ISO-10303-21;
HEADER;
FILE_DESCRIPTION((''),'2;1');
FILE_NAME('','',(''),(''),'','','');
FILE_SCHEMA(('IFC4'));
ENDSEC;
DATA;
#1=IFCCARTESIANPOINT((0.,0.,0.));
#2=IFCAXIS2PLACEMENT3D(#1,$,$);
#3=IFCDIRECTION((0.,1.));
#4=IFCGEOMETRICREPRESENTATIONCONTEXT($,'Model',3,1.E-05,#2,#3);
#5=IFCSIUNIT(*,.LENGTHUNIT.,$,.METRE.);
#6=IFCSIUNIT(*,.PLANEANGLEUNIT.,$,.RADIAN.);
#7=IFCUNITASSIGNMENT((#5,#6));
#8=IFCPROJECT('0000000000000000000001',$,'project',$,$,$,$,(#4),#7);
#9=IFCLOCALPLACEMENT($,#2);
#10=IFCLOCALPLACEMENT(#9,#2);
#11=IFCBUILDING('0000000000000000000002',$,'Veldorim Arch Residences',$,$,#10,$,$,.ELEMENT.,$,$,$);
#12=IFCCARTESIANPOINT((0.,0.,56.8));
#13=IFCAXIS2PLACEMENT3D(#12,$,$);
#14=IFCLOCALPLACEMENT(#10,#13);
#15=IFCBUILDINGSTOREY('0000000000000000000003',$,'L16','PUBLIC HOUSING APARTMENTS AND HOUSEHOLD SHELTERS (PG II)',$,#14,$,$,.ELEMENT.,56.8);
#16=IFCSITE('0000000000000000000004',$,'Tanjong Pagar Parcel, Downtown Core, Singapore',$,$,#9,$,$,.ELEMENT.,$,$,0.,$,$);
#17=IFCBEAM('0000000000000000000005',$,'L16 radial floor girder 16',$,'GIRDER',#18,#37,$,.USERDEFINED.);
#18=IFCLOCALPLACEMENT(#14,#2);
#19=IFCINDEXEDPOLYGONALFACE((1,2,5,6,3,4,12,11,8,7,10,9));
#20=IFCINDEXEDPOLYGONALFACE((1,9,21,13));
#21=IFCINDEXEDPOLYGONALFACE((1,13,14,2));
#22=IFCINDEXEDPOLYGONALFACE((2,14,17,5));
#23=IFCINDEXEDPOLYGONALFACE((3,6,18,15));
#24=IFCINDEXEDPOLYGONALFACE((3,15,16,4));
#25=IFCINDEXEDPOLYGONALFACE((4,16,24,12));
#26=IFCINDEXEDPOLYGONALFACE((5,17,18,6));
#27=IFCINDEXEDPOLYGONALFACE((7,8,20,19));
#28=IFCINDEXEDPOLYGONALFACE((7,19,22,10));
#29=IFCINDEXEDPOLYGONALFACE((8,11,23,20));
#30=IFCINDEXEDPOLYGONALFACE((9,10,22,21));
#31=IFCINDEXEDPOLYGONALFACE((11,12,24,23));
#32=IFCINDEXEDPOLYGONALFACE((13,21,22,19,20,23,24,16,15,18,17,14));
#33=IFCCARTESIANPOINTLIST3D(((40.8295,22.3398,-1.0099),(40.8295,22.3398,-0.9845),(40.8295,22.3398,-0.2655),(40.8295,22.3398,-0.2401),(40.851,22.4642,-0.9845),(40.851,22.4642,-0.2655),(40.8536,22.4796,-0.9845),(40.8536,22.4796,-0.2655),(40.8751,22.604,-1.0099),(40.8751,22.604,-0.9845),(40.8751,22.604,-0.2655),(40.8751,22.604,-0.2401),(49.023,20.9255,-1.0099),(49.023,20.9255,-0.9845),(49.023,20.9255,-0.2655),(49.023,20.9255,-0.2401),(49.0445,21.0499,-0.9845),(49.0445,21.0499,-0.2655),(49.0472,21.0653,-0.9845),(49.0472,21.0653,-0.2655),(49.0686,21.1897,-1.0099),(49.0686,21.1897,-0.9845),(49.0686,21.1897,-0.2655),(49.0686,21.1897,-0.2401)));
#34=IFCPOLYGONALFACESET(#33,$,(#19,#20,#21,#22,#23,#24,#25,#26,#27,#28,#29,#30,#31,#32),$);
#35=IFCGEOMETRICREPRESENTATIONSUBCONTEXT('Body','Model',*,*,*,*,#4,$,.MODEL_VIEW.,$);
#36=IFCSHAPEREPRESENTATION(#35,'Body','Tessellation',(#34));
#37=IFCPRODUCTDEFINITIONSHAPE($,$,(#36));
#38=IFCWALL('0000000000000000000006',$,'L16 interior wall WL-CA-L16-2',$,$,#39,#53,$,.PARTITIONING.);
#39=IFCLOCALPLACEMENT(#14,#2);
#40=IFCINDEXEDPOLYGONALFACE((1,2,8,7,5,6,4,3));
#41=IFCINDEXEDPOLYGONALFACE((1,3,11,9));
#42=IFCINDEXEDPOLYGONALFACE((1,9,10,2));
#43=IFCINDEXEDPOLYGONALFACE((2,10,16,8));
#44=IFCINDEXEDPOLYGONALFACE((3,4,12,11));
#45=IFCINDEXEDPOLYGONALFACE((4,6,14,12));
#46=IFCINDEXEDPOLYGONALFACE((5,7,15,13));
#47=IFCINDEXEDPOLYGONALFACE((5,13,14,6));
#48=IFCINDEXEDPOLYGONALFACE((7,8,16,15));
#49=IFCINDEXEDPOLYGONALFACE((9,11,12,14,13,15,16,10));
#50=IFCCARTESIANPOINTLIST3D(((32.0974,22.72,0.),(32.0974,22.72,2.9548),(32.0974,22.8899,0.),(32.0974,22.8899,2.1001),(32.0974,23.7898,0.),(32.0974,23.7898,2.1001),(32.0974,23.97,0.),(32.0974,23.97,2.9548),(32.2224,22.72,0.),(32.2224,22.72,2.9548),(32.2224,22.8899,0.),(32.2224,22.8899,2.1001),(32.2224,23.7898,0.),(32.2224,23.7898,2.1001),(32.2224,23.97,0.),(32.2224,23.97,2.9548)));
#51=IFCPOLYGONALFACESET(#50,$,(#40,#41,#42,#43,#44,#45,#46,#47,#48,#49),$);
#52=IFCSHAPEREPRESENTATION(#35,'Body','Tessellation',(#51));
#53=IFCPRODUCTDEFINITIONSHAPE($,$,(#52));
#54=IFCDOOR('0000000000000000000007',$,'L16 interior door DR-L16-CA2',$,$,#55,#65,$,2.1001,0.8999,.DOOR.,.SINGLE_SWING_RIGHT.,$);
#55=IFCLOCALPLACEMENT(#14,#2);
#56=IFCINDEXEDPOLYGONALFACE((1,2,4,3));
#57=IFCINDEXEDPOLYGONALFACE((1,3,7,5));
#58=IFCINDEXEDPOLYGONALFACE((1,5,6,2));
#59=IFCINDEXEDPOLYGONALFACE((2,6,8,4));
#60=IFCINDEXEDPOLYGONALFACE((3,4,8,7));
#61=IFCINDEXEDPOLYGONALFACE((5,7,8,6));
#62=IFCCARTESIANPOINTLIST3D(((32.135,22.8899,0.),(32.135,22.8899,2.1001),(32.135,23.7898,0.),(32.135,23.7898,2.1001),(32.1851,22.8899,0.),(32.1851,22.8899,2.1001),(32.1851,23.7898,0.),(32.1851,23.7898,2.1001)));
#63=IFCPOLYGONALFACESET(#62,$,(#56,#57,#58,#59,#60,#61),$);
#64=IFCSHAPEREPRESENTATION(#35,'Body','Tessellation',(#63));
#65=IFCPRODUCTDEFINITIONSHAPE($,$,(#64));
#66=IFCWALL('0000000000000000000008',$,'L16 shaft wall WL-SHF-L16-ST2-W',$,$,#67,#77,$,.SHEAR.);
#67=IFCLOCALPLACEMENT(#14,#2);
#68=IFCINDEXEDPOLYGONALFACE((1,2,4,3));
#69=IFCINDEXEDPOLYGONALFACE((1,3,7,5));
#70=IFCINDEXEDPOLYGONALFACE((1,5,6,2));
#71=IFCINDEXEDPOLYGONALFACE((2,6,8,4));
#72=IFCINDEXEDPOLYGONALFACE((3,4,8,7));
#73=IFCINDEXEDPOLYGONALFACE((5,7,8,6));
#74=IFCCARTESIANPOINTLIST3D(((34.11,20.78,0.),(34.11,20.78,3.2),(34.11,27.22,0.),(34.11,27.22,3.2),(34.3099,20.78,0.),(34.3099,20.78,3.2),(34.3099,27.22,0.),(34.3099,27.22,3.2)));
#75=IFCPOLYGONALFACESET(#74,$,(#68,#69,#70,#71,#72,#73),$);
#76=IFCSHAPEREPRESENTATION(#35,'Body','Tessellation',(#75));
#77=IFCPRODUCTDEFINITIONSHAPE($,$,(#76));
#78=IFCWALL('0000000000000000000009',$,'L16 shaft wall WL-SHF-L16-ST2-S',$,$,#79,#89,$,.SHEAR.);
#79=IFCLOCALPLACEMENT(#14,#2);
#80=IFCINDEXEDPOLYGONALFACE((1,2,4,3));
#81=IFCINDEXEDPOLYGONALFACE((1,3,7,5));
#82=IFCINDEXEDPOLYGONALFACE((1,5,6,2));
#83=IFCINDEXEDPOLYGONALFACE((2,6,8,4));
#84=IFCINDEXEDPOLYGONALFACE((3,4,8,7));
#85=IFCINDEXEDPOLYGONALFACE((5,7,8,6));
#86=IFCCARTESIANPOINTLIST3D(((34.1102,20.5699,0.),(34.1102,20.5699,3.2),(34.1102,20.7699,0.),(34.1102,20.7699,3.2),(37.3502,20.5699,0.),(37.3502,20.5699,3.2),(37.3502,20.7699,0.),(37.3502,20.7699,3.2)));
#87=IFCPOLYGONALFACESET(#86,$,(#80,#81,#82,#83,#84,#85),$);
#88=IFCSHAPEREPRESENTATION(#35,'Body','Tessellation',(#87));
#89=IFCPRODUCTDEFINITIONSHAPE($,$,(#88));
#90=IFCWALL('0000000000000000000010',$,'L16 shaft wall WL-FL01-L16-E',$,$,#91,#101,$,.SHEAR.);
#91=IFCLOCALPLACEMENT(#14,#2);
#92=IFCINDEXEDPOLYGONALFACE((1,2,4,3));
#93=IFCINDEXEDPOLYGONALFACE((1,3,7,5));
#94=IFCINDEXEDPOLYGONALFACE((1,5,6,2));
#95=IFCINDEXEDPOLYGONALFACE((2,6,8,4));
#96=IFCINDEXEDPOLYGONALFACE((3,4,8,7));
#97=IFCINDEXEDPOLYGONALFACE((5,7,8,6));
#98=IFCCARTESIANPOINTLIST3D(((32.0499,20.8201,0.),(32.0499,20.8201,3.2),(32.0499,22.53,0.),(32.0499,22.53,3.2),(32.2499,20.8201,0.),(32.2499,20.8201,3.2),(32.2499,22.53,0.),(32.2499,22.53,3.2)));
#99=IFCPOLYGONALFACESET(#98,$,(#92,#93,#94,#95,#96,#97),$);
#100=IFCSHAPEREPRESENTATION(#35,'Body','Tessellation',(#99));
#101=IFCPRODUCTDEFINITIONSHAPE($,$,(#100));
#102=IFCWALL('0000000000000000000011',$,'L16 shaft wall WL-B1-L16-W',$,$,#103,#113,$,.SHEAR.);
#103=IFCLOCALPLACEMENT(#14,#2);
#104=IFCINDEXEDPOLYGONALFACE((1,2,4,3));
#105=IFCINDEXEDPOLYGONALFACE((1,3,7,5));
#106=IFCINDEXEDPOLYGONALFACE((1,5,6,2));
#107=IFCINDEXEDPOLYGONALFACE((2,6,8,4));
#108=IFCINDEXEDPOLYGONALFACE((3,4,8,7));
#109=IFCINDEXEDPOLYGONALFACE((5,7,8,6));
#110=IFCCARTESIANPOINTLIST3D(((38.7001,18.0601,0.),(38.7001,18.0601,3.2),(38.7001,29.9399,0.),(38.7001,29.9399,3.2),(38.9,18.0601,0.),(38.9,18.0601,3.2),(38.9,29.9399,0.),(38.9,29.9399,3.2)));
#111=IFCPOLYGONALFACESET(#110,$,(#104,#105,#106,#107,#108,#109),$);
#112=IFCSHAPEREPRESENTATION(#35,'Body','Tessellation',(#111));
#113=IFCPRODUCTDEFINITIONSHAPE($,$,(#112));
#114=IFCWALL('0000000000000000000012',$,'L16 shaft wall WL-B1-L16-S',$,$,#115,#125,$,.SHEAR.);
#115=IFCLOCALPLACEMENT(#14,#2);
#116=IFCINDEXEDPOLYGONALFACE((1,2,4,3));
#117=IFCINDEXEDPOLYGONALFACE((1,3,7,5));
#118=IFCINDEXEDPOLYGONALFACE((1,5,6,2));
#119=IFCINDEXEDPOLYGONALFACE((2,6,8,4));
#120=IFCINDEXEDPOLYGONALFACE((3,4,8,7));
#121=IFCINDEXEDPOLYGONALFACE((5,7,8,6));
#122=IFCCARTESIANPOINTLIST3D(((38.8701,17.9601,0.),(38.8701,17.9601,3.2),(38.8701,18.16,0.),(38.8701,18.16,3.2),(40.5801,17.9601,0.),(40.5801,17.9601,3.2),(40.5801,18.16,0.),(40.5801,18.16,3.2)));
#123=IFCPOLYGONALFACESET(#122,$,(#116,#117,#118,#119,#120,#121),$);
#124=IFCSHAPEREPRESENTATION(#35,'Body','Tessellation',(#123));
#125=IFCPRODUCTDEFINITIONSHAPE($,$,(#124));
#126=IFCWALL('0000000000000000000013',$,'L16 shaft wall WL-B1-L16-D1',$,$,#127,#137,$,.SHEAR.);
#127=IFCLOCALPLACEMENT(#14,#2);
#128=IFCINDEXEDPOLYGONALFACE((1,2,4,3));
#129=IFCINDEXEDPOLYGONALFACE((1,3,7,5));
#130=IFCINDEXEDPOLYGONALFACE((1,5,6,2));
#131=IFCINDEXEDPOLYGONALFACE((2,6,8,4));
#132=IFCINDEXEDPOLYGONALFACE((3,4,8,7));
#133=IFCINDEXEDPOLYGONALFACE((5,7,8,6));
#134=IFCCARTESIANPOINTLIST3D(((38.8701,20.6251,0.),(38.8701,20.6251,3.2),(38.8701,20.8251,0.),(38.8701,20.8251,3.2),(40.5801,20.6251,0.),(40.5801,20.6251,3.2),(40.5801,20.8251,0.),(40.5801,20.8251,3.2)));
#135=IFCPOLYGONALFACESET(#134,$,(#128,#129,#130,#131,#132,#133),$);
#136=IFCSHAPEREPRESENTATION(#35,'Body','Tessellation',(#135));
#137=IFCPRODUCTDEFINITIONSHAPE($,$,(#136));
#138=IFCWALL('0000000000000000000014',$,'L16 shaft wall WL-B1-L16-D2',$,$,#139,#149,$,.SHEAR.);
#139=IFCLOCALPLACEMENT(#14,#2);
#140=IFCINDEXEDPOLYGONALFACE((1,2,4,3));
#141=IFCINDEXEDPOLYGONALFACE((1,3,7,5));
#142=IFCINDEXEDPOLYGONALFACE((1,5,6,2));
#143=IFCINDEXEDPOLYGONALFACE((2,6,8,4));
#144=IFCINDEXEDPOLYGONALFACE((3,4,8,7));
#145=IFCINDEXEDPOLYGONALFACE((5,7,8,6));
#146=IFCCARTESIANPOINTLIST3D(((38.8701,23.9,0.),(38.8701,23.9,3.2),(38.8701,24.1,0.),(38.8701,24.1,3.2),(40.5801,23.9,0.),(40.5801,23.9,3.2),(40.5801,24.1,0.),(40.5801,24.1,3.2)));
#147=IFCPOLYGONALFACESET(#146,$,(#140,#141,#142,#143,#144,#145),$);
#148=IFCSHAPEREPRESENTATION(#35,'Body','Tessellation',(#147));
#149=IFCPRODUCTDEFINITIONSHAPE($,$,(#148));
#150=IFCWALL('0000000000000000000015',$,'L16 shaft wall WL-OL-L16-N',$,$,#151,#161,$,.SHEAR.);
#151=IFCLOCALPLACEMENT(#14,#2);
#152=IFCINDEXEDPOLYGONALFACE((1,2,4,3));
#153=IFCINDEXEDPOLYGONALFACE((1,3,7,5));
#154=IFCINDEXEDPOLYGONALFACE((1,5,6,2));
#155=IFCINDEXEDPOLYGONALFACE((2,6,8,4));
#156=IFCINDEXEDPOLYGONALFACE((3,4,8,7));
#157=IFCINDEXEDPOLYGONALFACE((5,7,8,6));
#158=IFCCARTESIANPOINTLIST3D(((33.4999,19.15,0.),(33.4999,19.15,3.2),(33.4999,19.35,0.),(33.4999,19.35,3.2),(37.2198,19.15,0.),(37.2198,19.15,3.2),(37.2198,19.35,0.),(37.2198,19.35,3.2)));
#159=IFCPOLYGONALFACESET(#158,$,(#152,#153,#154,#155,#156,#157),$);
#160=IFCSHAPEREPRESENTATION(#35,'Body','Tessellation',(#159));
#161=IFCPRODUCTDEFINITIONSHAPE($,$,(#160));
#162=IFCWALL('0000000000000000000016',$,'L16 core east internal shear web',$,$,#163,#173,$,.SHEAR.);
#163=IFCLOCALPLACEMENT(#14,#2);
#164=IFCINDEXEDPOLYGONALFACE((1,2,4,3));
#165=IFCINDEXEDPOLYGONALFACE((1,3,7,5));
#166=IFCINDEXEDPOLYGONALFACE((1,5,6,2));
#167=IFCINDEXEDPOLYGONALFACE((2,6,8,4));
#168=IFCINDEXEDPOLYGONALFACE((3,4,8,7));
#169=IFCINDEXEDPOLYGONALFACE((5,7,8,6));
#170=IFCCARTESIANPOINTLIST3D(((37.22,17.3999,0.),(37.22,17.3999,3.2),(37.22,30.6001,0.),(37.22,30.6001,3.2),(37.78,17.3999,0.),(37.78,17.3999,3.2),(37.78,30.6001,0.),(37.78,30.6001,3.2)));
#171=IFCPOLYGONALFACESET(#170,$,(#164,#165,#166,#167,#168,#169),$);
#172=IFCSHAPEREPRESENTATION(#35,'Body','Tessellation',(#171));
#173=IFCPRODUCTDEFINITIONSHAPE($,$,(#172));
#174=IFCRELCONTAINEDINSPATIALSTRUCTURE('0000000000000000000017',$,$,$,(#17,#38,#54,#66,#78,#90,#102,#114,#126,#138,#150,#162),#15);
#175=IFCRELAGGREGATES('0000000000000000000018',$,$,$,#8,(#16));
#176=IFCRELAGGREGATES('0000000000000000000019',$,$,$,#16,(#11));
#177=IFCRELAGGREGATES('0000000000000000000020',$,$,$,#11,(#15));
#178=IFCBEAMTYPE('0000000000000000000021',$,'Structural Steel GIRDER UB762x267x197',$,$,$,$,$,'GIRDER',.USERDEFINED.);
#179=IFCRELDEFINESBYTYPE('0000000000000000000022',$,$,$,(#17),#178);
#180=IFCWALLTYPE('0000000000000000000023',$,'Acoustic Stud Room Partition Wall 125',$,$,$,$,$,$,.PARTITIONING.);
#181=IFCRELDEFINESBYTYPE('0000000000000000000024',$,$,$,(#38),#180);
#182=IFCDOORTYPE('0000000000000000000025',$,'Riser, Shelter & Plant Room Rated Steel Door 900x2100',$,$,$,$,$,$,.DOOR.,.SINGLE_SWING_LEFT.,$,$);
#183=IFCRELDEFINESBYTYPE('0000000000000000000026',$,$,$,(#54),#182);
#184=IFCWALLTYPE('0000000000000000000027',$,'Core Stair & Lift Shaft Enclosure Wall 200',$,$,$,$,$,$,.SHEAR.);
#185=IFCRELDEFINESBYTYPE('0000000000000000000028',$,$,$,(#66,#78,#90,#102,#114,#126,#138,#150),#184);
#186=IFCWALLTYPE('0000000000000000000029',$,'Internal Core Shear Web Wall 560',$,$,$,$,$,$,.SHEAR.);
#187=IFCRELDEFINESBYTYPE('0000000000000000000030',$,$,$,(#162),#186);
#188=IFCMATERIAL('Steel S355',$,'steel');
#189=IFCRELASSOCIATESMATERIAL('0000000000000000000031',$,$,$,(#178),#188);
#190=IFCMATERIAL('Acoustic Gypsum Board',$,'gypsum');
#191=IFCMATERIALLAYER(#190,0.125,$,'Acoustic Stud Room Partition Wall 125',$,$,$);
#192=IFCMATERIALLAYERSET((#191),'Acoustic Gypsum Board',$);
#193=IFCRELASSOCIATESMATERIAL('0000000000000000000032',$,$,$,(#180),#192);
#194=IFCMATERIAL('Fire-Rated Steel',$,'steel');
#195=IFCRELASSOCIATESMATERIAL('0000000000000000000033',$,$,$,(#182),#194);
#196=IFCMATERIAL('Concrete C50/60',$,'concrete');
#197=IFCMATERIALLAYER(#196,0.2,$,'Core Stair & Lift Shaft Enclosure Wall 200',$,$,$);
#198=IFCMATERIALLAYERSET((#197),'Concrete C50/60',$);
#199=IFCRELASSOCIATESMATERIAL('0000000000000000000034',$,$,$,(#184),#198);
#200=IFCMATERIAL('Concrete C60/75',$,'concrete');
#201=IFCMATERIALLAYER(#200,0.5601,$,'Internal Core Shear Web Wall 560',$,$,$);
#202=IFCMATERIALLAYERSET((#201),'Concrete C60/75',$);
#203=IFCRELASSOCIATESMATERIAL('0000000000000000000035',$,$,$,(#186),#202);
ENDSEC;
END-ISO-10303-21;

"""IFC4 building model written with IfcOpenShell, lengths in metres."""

from ifc_helpers import new_model, si_unit, direction, frame, frame_2d, origin, origin_2d, place, context, subcontext, project, spatial, rectangle, i_section, extrude, material, layer, layer_set, material_profile, profile_set, type_object, element, fill, save


model = new_model("IFC4")

# Units and contexts
model_context = context("Model", 3, precision=1e-05, world=origin(), true_north=direction((0.0, 1.0)))
body_context = subcontext(model_context, "Body", "Model", "MODEL_VIEW")
ifc_project = project(units=[si_unit("LENGTHUNIT", "METRE"), si_unit("PLANEANGLEUNIT", "RADIAN")], contexts=[model_context])

# Site, building, storey
site_placement = place(None, origin())
site = spatial("IfcSite", under=ifc_project, at=site_placement, Name="Tanjong Pagar Parcel, Downtown Core, Singapore", CompositionType="ELEMENT", RefElevation=0.0)
building_placement = place(site_placement, origin())
building = spatial("IfcBuilding", under=site, at=building_placement, Name="Veldorim Arch Residences", CompositionType="ELEMENT")
storey_placement = place(building_placement, frame((0.0, 0.0, 56.8)))
storey = spatial("IfcBuildingStorey", under=building, at=storey_placement, Name="L16", Description="PUBLIC HOUSING APARTMENTS AND HOUSEHOLD SHELTERS (PG II)", CompositionType="ELEMENT", Elevation=56.8)

# Beam
ifc_material_1 = material(Name="Steel S355", Category="steel")
ifc_material_profile = material_profile(ifc_material_1, i_section(OverallWidth=0.2681, OverallDepth=0.7698, WebThickness=0.0156, FlangeThickness=0.0254, at=origin_2d()), Name="UB762x267x197")
ifc_profile_set = profile_set([ifc_material_profile], Name="Steel S355")
beam_type = type_object("IfcBeamType", Name="Structural Steel GIRDER UB762x267x197", ElementType="GIRDER", PredefinedType="USERDEFINED", material=ifc_profile_set)
beam_placement = place(storey_placement, frame((40.8523, 22.4719, -0.625), z_axis=(0.985428, -0.170096, 0.0), x_axis=(0.170096, 0.985428, 0.0)))
element("IfcBeam", 1, at=beam_placement, inside=storey, type_object=beam_type, Name="L16 radial floor girder 16", ObjectType="GIRDER", PredefinedType="USERDEFINED", context=body_context, shape_type="SweptSolid", body=[
    extrude(i_section(OverallWidth=0.2681, OverallDepth=0.7698, WebThickness=0.0156, FlangeThickness=0.0254, at=origin_2d()), origin(), (0.0, 0.0, 1.0), 8.3147),
])

# Wall, opening, door
ifc_material_2 = material(Name="Acoustic Gypsum Board", Category="gypsum")
ifc_layer_1 = layer(ifc_material_2, 0.125, Name="Acoustic Stud Room Partition Wall 125")
ifc_layer_set_1 = layer_set([ifc_layer_1], Name="Acoustic Gypsum Board")
wall_type_1 = type_object("IfcWallType", Name="Acoustic Stud Room Partition Wall 125", PredefinedType="PARTITIONING", material=ifc_layer_set_1)
wall_1_placement = place(storey_placement, frame((32.1599, 22.72, 0.0), z_axis=(0.0, 0.0, 1.0), x_axis=(0.0, 1.0, 0.0)))
wall_1 = element("IfcWall", 2, at=wall_1_placement, inside=storey, type_object=wall_type_1, Name="L16 interior wall WL-CA-L16-2", PredefinedType="PARTITIONING", context=body_context, shape_type="SweptSolid", body=[
    extrude(rectangle(XDim=1.25, YDim=0.125, at=frame_2d((0.625, 0.0))), origin(), (0.0, 0.0, 1.0), 2.9548),
])
opening_placement = place(wall_1_placement, frame((0.1699, 0.0, 0.0)))
opening = element("IfcOpeningElement", 3, at=opening_placement, cuts=wall_1, PredefinedType="OPENING", context=body_context, shape_type="SweptSolid", body=[
    extrude(rectangle(XDim=0.8999, YDim=2.1001, at=frame_2d((0.45, 1.05))), frame((0.0, 0.0725, 0.0), z_axis=(0.0, -1.0, 0.0), x_axis=(1.0, 0.0, 0.0)), (0.0, 0.0, 1.0), 0.145),
])
ifc_material_3 = material(Name="Fire-Rated Steel", Category="steel")
door_type = type_object("IfcDoorType", Name="Riser, Shelter & Plant Room Rated Steel Door 900x2100", OperationType="SINGLE_SWING_LEFT", PredefinedType="DOOR", material=ifc_material_3)
door_placement = place(opening_placement, origin())
door = element("IfcDoor", 4, at=door_placement, inside=storey, type_object=door_type, Name="L16 interior door DR-L16-CA2", OperationType="SINGLE_SWING_RIGHT", OverallHeight=2.1001, OverallWidth=0.8999, PredefinedType="DOOR", context=body_context, shape_type="SweptSolid", body=[
    extrude(rectangle(XDim=0.8999, YDim=2.1001, at=frame_2d((0.45, 1.05))), frame((0.0, 0.0249, 0.0), z_axis=(0.0, -1.0, 0.0), x_axis=(1.0, 0.0, 0.0)), (0.0, 0.0, 1.0), 0.05),
])
fill(opening, door)

# Walls
ifc_material_4 = material(Name="Concrete C50/60", Category="concrete")
ifc_layer_2 = layer(ifc_material_4, 0.2, Name="Core Stair & Lift Shaft Enclosure Wall 200")
ifc_layer_set_2 = layer_set([ifc_layer_2], Name="Concrete C50/60")
wall_type_2 = type_object("IfcWallType", Name="Core Stair & Lift Shaft Enclosure Wall 200", PredefinedType="SHEAR", material=ifc_layer_set_2)
wall_2_placement = place(storey_placement, frame((34.21, 20.78, 0.0), z_axis=(0.0, 0.0, 1.0), x_axis=(0.0, 1.0, 0.0)))
element("IfcWall", 5, at=wall_2_placement, inside=storey, type_object=wall_type_2, Name="L16 shaft wall WL-SHF-L16-ST2-W", PredefinedType="SHEAR", context=body_context, shape_type="SweptSolid", body=[
    extrude(rectangle(XDim=6.4399, YDim=0.2, at=frame_2d((3.22, 0.0))), origin(), (0.0, 0.0, 1.0), 3.2),
])
wall_3_placement = place(storey_placement, frame((34.1101, 20.6699, 0.0), z_axis=(0.0, 0.0, 1.0), x_axis=(1.0, 0.0, 0.0)))
element("IfcWall", 6, at=wall_3_placement, inside=storey, type_object=wall_type_2, Name="L16 shaft wall WL-SHF-L16-ST2-S", PredefinedType="SHEAR", context=body_context, shape_type="SweptSolid", body=[
    extrude(rectangle(XDim=3.24, YDim=0.2, at=frame_2d((1.6201, 0.0))), origin(), (0.0, 0.0, 1.0), 3.2),
])
wall_4_placement = place(storey_placement, frame((32.1499, 20.8201, 0.0), z_axis=(0.0, 0.0, 1.0), x_axis=(0.0, 1.0, 0.0)))
element("IfcWall", 7, at=wall_4_placement, inside=storey, type_object=wall_type_2, Name="L16 shaft wall WL-FL01-L16-E", PredefinedType="SHEAR", context=body_context, shape_type="SweptSolid", body=[
    extrude(rectangle(XDim=1.71, YDim=0.2, at=frame_2d((0.855, 0.0))), origin(), (0.0, 0.0, 1.0), 3.2),
])
wall_5_placement = place(storey_placement, frame((38.8, 18.0601, 0.0), z_axis=(0.0, 0.0, 1.0), x_axis=(0.0, 1.0, 0.0)))
element("IfcWall", 8, at=wall_5_placement, inside=storey, type_object=wall_type_2, Name="L16 shaft wall WL-B1-L16-W", PredefinedType="SHEAR", context=body_context, shape_type="SweptSolid", body=[
    extrude(rectangle(XDim=11.8799, YDim=0.2, at=frame_2d((5.9399, 0.0))), origin(), (0.0, 0.0, 1.0), 3.2),
])
for number, where, z_axis, x_axis, name in (
    (9, (38.8701, 18.0601, 0.0), (0.0, 0.0, 1.0), (1.0, 0.0, 0.0), "L16 shaft wall WL-B1-L16-S"),
    (10, (38.8701, 20.7251, 0.0), (0.0, 0.0, 1.0), (1.0, 0.0, 0.0), "L16 shaft wall WL-B1-L16-D1"),
    (11, (38.8701, 24.0, 0.0), (0.0, 0.0, 1.0), (1.0, 0.0, 0.0), "L16 shaft wall WL-B1-L16-D2"),
):
    element("IfcWall", number, at=place(storey_placement, frame(where, z_axis=z_axis, x_axis=x_axis)), inside=storey, type_object=wall_type_2, Name=name, PredefinedType="SHEAR", context=body_context, shape_type="SweptSolid", body=[
        extrude(rectangle(XDim=1.71, YDim=0.2, at=frame_2d((0.855, 0.0))), origin(), (0.0, 0.0, 1.0), 3.2),
    ])
wall_6_placement = place(storey_placement, frame((33.5, 19.25, 0.0), z_axis=(0.0, 0.0, 1.0), x_axis=(1.0, 0.0, 0.0)))
element("IfcWall", 12, at=wall_6_placement, inside=storey, type_object=wall_type_2, Name="L16 shaft wall WL-OL-L16-N", PredefinedType="SHEAR", context=body_context, shape_type="SweptSolid", body=[
    extrude(rectangle(XDim=3.72, YDim=0.2, at=frame_2d((1.8599, 0.0))), origin(), (0.0, 0.0, 1.0), 3.2),
])
ifc_material_5 = material(Name="Concrete C60/75", Category="concrete")
ifc_layer_3 = layer(ifc_material_5, 0.5601, Name="Internal Core Shear Web Wall 560")
ifc_layer_set_3 = layer_set([ifc_layer_3], Name="Concrete C60/75")
wall_type_3 = type_object("IfcWallType", Name="Internal Core Shear Web Wall 560", PredefinedType="SHEAR", material=ifc_layer_set_3)
wall_7_placement = place(storey_placement, frame((37.5, 17.3999, 0.0), z_axis=(0.0, 0.0, 1.0), x_axis=(0.0, 1.0, 0.0)))
element("IfcWall", 13, at=wall_7_placement, inside=storey, type_object=wall_type_3, Name="L16 core east internal shear web", PredefinedType="SHEAR", context=body_context, shape_type="SweptSolid", body=[
    extrude(rectangle(XDim=13.2002, YDim=0.5601, at=frame_2d((6.6001, 0.0))), origin(), (0.0, 0.0, 1.0), 3.2),
])

save(model, "model.ifc")
